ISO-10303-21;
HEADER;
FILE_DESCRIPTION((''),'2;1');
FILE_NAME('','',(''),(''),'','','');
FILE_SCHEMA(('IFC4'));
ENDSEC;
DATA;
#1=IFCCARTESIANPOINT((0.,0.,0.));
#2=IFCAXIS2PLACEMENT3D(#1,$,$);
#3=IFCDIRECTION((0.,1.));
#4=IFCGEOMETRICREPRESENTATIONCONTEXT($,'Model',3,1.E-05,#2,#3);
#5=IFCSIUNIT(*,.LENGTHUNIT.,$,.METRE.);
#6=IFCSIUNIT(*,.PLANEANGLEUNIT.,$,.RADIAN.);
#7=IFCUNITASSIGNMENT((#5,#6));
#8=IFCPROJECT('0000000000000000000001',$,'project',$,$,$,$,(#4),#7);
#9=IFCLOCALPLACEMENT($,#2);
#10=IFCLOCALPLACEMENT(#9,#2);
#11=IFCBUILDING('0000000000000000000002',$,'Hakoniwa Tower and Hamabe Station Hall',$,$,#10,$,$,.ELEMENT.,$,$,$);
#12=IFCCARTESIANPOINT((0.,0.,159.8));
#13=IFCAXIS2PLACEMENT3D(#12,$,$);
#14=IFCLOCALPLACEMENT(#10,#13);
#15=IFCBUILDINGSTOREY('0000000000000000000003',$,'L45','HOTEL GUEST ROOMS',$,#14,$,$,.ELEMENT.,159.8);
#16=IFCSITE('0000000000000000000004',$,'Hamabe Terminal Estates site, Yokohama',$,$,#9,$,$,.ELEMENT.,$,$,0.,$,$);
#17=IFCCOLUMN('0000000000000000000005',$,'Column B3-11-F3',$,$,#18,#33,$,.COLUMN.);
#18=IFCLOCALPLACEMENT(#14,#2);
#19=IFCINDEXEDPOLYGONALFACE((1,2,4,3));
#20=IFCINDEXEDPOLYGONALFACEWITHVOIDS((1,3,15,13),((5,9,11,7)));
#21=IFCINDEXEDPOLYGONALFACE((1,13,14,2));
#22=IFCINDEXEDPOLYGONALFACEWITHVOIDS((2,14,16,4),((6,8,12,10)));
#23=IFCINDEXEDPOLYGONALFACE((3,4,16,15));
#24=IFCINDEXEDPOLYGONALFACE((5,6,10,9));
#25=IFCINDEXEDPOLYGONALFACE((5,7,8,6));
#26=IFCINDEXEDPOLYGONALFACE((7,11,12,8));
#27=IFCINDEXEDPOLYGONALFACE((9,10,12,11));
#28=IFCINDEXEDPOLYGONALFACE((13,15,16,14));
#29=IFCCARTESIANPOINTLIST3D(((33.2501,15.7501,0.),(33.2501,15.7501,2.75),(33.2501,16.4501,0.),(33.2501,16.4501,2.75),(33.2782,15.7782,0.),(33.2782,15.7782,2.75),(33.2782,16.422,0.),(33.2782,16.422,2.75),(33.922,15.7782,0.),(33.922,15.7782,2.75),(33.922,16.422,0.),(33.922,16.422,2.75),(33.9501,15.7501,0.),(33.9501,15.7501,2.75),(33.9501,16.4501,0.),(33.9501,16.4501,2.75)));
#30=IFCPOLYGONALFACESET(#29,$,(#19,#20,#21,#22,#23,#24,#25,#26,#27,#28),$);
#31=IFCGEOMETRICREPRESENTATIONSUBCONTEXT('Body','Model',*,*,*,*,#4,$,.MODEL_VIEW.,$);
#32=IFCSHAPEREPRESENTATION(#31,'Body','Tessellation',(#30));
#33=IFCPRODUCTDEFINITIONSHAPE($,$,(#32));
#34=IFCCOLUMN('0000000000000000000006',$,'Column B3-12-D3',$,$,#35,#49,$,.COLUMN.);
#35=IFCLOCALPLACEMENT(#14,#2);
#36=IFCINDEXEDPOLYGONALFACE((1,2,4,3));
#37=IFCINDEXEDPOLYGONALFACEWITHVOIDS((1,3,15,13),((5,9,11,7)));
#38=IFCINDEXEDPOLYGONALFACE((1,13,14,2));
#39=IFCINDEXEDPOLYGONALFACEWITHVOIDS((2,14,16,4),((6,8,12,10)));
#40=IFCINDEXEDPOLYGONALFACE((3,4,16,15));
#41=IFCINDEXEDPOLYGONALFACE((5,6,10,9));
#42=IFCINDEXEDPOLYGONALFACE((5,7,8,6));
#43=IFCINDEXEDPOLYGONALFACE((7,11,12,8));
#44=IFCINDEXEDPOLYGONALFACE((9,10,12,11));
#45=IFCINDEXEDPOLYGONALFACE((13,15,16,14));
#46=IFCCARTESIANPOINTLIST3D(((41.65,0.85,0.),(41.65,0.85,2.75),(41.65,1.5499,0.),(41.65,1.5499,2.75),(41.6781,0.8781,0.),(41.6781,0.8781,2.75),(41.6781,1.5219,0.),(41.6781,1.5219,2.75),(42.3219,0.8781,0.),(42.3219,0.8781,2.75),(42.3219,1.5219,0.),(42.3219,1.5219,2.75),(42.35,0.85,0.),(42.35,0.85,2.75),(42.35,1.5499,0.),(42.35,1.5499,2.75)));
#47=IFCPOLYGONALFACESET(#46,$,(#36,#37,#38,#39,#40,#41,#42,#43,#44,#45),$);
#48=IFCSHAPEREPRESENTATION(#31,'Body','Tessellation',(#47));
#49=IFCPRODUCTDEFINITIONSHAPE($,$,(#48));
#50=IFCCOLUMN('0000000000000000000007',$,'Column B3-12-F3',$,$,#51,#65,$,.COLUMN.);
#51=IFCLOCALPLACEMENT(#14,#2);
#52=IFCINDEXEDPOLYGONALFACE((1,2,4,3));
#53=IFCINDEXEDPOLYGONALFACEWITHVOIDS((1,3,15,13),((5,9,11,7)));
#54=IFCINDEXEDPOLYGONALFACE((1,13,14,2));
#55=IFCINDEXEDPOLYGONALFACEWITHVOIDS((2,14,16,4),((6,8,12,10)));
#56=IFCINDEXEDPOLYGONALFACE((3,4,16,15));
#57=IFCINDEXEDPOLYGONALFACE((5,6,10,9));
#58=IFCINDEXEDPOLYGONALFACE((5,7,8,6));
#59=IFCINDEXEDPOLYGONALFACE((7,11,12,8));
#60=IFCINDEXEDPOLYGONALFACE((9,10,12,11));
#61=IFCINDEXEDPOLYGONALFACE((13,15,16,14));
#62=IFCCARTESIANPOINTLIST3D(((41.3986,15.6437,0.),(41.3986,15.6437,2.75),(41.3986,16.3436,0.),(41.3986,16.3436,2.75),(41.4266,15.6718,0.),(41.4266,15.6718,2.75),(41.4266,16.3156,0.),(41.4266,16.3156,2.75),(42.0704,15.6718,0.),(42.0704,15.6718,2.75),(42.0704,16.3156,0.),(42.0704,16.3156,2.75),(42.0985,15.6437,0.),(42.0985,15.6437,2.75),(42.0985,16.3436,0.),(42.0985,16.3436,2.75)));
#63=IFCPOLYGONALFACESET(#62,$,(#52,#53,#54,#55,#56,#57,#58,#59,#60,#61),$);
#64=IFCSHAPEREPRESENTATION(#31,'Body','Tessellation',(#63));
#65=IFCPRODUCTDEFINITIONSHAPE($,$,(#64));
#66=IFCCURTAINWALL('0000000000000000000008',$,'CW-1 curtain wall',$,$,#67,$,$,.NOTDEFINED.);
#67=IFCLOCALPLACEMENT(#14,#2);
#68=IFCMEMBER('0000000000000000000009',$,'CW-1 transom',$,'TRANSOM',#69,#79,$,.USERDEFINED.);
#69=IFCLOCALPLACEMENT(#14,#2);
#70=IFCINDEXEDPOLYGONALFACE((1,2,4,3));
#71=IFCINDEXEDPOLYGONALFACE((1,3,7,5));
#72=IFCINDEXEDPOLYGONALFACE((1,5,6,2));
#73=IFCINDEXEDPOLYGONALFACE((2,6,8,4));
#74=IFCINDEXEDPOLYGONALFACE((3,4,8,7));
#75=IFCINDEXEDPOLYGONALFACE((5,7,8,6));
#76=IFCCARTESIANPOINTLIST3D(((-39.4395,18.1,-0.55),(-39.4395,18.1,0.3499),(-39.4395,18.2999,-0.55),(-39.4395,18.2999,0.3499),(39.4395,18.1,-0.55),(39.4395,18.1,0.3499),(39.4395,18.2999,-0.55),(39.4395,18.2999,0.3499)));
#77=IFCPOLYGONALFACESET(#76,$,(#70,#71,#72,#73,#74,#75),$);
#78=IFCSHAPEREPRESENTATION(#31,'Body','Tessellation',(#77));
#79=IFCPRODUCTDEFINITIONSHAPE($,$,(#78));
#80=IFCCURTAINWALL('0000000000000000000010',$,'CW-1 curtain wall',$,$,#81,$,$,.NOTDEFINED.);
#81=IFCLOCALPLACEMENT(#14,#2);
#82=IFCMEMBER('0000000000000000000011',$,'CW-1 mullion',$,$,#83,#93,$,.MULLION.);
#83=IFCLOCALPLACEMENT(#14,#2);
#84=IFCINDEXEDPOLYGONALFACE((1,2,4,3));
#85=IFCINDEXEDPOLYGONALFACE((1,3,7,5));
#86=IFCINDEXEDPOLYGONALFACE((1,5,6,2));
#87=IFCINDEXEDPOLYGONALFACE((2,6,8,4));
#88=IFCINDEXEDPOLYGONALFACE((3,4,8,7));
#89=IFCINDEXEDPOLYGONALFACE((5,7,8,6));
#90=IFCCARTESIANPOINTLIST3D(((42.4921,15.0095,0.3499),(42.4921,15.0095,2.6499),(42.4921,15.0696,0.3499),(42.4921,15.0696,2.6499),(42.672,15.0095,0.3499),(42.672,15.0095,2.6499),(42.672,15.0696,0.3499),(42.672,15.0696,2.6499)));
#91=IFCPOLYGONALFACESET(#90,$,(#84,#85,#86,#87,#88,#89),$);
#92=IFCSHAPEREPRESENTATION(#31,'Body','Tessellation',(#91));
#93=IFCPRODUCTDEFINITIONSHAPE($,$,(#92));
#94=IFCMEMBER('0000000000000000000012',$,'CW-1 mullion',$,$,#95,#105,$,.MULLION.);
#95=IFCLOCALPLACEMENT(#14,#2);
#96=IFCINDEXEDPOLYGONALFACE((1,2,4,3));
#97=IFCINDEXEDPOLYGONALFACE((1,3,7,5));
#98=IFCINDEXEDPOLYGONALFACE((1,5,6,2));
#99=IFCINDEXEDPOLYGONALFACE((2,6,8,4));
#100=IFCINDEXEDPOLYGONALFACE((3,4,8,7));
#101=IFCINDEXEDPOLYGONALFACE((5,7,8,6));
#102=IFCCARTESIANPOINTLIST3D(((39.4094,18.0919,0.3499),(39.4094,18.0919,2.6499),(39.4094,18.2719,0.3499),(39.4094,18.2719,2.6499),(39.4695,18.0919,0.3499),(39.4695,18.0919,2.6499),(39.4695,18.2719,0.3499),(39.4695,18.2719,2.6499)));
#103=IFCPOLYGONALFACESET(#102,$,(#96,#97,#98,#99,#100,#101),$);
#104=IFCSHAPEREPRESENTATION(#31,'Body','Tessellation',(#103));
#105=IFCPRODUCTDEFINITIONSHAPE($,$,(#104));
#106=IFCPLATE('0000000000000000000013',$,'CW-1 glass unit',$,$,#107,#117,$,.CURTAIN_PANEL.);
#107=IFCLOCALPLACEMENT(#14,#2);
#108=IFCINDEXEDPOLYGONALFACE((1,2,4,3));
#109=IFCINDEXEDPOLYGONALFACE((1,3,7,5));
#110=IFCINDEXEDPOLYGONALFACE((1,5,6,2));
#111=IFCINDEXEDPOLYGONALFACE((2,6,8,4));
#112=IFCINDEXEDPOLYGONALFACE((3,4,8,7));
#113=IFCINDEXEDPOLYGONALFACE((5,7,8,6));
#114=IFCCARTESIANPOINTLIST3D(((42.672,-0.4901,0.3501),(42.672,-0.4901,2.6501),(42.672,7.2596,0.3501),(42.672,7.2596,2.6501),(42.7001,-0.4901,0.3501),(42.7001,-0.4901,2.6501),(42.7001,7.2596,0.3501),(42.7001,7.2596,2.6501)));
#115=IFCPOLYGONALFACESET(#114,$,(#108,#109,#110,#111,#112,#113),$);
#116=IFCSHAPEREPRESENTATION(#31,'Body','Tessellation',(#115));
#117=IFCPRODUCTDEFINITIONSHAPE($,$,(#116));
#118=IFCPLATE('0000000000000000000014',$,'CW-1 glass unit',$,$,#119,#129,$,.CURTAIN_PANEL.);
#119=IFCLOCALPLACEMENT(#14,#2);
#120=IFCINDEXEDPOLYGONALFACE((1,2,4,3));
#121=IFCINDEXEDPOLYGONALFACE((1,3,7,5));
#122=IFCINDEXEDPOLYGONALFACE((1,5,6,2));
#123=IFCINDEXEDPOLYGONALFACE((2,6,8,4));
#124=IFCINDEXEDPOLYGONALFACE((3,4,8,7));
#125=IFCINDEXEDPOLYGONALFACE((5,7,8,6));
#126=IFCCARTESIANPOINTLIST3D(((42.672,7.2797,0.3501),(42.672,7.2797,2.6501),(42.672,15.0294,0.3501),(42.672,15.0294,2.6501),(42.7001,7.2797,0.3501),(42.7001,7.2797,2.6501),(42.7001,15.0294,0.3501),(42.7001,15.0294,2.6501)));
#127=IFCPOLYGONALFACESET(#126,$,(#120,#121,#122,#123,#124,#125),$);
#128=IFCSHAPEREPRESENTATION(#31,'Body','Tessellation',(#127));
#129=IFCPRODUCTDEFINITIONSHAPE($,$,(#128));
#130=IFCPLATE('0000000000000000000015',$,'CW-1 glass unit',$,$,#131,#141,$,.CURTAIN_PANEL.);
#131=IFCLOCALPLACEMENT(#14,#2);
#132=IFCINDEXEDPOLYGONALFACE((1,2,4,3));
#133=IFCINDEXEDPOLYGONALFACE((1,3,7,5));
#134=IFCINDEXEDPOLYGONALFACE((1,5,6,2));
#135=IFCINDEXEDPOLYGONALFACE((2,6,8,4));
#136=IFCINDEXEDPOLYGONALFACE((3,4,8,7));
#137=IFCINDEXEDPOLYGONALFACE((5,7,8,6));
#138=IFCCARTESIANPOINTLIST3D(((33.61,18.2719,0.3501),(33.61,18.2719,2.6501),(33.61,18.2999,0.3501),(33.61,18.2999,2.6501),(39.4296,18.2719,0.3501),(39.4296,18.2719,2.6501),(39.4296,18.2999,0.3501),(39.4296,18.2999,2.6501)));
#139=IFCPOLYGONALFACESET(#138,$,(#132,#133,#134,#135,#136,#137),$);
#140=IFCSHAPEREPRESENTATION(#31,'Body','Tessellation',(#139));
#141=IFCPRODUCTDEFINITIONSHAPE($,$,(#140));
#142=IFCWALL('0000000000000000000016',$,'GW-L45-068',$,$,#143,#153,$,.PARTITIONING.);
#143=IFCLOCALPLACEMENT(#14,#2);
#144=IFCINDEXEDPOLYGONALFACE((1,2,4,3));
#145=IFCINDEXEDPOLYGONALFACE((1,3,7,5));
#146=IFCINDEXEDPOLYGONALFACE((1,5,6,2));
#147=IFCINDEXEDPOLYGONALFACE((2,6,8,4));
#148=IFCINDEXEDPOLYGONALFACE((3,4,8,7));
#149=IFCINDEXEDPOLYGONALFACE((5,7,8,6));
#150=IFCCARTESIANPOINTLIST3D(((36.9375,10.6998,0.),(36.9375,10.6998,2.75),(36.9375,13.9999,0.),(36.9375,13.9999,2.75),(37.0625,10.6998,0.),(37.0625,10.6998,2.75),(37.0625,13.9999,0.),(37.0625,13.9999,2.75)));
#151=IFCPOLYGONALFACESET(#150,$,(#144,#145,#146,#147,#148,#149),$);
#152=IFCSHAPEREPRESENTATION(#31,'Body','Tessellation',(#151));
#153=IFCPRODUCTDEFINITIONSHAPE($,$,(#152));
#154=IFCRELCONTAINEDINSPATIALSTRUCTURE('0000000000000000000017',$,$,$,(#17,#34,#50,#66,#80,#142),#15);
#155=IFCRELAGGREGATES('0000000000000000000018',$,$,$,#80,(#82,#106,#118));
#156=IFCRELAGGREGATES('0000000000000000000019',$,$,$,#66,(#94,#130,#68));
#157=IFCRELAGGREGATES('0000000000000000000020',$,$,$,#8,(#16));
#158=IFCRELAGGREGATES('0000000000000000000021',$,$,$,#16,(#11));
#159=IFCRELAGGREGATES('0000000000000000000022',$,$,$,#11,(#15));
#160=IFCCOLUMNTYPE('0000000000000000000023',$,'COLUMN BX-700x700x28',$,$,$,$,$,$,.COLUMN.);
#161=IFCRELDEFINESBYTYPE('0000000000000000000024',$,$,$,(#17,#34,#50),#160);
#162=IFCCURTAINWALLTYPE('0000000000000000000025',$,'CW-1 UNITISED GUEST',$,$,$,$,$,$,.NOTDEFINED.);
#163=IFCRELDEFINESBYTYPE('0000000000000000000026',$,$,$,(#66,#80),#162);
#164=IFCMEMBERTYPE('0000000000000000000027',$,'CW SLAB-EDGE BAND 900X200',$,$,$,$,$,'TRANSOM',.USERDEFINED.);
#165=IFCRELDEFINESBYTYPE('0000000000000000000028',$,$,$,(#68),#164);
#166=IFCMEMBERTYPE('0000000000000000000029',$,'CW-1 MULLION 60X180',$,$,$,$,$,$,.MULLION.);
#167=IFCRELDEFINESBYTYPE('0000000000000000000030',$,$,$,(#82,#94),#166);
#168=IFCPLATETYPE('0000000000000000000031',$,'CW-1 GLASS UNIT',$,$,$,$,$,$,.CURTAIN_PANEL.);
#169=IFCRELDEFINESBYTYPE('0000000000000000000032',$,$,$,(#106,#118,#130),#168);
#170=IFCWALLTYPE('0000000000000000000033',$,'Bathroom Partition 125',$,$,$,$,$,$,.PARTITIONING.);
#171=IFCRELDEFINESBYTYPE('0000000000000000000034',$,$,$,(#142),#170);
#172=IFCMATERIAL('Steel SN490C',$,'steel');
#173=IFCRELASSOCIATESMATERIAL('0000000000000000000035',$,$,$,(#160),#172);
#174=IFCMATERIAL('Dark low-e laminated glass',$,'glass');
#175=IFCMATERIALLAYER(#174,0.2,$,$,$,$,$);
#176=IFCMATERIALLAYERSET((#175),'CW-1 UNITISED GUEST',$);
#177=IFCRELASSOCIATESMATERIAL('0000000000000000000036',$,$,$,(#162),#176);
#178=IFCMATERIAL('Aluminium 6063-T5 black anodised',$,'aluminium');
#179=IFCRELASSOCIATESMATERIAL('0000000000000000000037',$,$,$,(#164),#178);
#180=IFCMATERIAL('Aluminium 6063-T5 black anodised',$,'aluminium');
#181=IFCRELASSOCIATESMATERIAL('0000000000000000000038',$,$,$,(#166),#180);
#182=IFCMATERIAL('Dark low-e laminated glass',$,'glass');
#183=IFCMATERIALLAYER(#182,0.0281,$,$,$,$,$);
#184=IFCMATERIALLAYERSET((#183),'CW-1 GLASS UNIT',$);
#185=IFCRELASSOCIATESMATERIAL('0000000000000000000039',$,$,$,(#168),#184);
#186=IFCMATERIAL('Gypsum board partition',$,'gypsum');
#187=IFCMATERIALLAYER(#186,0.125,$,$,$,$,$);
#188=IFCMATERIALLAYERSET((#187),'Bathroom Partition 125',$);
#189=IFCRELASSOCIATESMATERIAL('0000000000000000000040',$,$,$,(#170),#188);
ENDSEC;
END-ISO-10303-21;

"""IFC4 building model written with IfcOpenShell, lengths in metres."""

from ifc_helpers import new_model, si_unit, direction, frame, frame_2d, origin, origin_2d, place, context, subcontext, project, spatial, rectangle, hollow_rectangle, extrude, material, layer, layer_set, material_profile, profile_set, type_object, element, aggregate, save


model = new_model("IFC4")

# Units and contexts
model_context = context("Model", 3, precision=1e-05, world=origin(), true_north=direction((0.0, 1.0)))
body_context = subcontext(model_context, "Body", "Model", "MODEL_VIEW")
ifc_project = project(units=[si_unit("LENGTHUNIT", "METRE"), si_unit("PLANEANGLEUNIT", "RADIAN")], contexts=[model_context])

# Site, building, storey
site_placement = place(None, origin())
site = spatial("IfcSite", under=ifc_project, at=site_placement, Name="Hamabe Terminal Estates site, Yokohama", CompositionType="ELEMENT", RefElevation=0.0)
building_placement = place(site_placement, origin())
building = spatial("IfcBuilding", under=site, at=building_placement, Name="Hakoniwa Tower and Hamabe Station Hall", CompositionType="ELEMENT")
storey_placement = place(building_placement, frame((0.0, 0.0, 159.8)))
storey = spatial("IfcBuildingStorey", under=building, at=storey_placement, Name="L45", Description="HOTEL GUEST ROOMS", CompositionType="ELEMENT", Elevation=159.8)

# Columns
ifc_material_1 = material(Name="Steel SN490C", Category="steel")
ifc_material_profile_1 = material_profile(ifc_material_1, hollow_rectangle(XDim=0.7, YDim=0.7, WallThickness=0.0281, at=origin_2d()), Name="BX-700x700x28")
ifc_profile_set_1 = profile_set([ifc_material_profile_1], Name="Steel SN490C")
column_type = type_object("IfcColumnType", Name="COLUMN BX-700x700x28", PredefinedType="COLUMN", material=ifc_profile_set_1)
for number, where, z_axis, x_axis, name in (
    (1, (33.6001, 16.1001, 0.0), (0.0, 0.0, 1.0), (1.0, 0.0, 0.0), "Column B3-11-F3"),
    (2, (42.0, 1.2, 0.0), (0.0, 0.0, 1.0), (1.0, 0.0, 0.0), "Column B3-12-D3"),
    (3, (41.7485, 15.9937, 0.0), (0.0, 0.0, 1.0), (1.0, 0.0, 0.0), "Column B3-12-F3"),
):
    element("IfcColumn", number, at=place(storey_placement, frame(where, z_axis=z_axis, x_axis=x_axis)), inside=storey, type_object=column_type, Name=name, PredefinedType="COLUMN", context=body_context, shape_type="SweptSolid", body=[
        extrude(hollow_rectangle(XDim=0.7, YDim=0.7, WallThickness=0.0281, at=origin_2d()), origin(), (0.0, 0.0, 1.0), 2.75),
    ])

# Curtain walls, members
ifc_material_2 = material(Name="Dark low-e laminated glass", Category="glass")
ifc_layer_1 = layer(ifc_material_2, 0.2)
ifc_layer_set_1 = layer_set([ifc_layer_1], Name="CW-1 UNITISED GUEST")
curtain_wall_type = type_object("IfcCurtainWallType", Name="CW-1 UNITISED GUEST", PredefinedType="NOTDEFINED", material=ifc_layer_set_1)
curtain_wall_1_placement = place(storey_placement, origin())
curtain_wall_1 = element("IfcCurtainWall", 4, at=curtain_wall_1_placement, inside=storey, type_object=curtain_wall_type, Name="CW-1 curtain wall", PredefinedType="NOTDEFINED")
ifc_material_3 = material(Name="Aluminium 6063-T5 black anodised", Category="aluminium")
ifc_material_profile_2 = material_profile(ifc_material_3, rectangle(XDim=0.2, YDim=0.8999, at=origin_2d()), Name="CW SLAB-EDGE BAND 900X200")
ifc_profile_set_2 = profile_set([ifc_material_profile_2], Name="Aluminium 6063-T5 black anodised")
member_type_1 = type_object("IfcMemberType", Name="CW SLAB-EDGE BAND 900X200", ElementType="TRANSOM", PredefinedType="USERDEFINED", material=ifc_profile_set_2)
member_1_placement = place(storey_placement, frame((39.4395, 18.2, -0.1001), z_axis=(-1.0, 0.0, 0.0), x_axis=(0.0, -1.0, 0.0)))
member_1 = element("IfcMember", 5, at=member_1_placement, type_object=member_type_1, Name="CW-1 transom", ObjectType="TRANSOM", PredefinedType="USERDEFINED", context=body_context, shape_type="SweptSolid", body=[
    extrude(rectangle(XDim=0.2, YDim=0.8999, at=origin_2d()), origin(), (0.0, 0.0, 1.0), 78.8789),
])
curtain_wall_2_placement = place(storey_placement, origin())
curtain_wall_2 = element("IfcCurtainWall", 6, at=curtain_wall_2_placement, inside=storey, type_object=curtain_wall_type, Name="CW-1 curtain wall", PredefinedType="NOTDEFINED")
ifc_material_4 = material(Name="Aluminium 6063-T5 black anodised", Category="aluminium")
ifc_material_profile_3 = material_profile(ifc_material_4, rectangle(XDim=0.0601, YDim=0.1799, at=origin_2d()), Name="CW-1 MULLION 60X180")
ifc_profile_set_3 = profile_set([ifc_material_profile_3], Name="Aluminium 6063-T5 black anodised")
member_type_2 = type_object("IfcMemberType", Name="CW-1 MULLION 60X180", PredefinedType="MULLION", material=ifc_profile_set_3)
member_2_placement = place(storey_placement, frame((42.582, 15.0396, 0.3499), z_axis=(0.0, 0.0, 1.0), x_axis=(0.0, 1.0, 0.0)))
member_2 = element("IfcMember", 7, at=member_2_placement, type_object=member_type_2, Name="CW-1 mullion", PredefinedType="MULLION", context=body_context, shape_type="SweptSolid", body=[
    extrude(rectangle(XDim=0.0601, YDim=0.1799, at=origin_2d()), origin(), (0.0, 0.0, 1.0), 2.3),
])

# Member
member_3_placement = place(storey_placement, frame((39.4395, 18.1819, 0.3499), z_axis=(0.0, 0.0, 1.0), x_axis=(-1.0, 0.0, 0.0)))
member_3 = element("IfcMember", 8, at=member_3_placement, type_object=member_type_2, Name="CW-1 mullion", PredefinedType="MULLION", context=body_context, shape_type="SweptSolid", body=[
    extrude(rectangle(XDim=0.0601, YDim=0.1799, at=origin_2d()), origin(), (0.0, 0.0, 1.0), 2.3),
])

# Plates
ifc_material_5 = material(Name="Dark low-e laminated glass", Category="glass")
ifc_layer_2 = layer(ifc_material_5, 0.0281)
ifc_layer_set_2 = layer_set([ifc_layer_2], Name="CW-1 GLASS UNIT")
plate_type = type_object("IfcPlateType", Name="CW-1 GLASS UNIT", PredefinedType="CURTAIN_PANEL", material=ifc_layer_set_2)
plate_1_placement = place(storey_placement, frame((42.686, 3.3848, 0.3501), z_axis=(0.0, 0.0, 1.0), x_axis=(0.0, 1.0, 0.0)))
plate_1 = element("IfcPlate", 9, at=plate_1_placement, type_object=plate_type, Name="CW-1 glass unit", PredefinedType="CURTAIN_PANEL", context=body_context, shape_type="SweptSolid", body=[
    extrude(rectangle(XDim=7.7498, YDim=0.0281, at=origin_2d()), origin(), (0.0, 0.0, 1.0), 2.3),
])
plate_2_placement = place(storey_placement, frame((42.686, 11.1545, 0.3501), z_axis=(0.0, 0.0, 1.0), x_axis=(0.0, 1.0, 0.0)))
plate_2 = element("IfcPlate", 10, at=plate_2_placement, type_object=plate_type, Name="CW-1 glass unit", PredefinedType="CURTAIN_PANEL", context=body_context, shape_type="SweptSolid", body=[
    extrude(rectangle(XDim=7.7498, YDim=0.0281, at=origin_2d()), origin(), (0.0, 0.0, 1.0), 2.3),
])
aggregate(curtain_wall_2, [member_2, plate_1, plate_2])
plate_3_placement = place(storey_placement, frame((36.5198, 18.2859, 0.3501), z_axis=(0.0, 0.0, 1.0), x_axis=(-1.0, 0.0, 0.0)))
plate_3 = element("IfcPlate", 11, at=plate_3_placement, type_object=plate_type, Name="CW-1 glass unit", PredefinedType="CURTAIN_PANEL", context=body_context, shape_type="SweptSolid", body=[
    extrude(rectangle(XDim=5.8196, YDim=0.0281, at=origin_2d()), origin(), (0.0, 0.0, 1.0), 2.3),
])
aggregate(curtain_wall_1, [member_3, plate_3, member_1])

# Wall
ifc_material_6 = material(Name="Gypsum board partition", Category="gypsum")
ifc_layer_3 = layer(ifc_material_6, 0.125)
ifc_layer_set_3 = layer_set([ifc_layer_3], Name="Bathroom Partition 125")
wall_type_1 = type_object("IfcWallType", Name="Bathroom Partition 125", PredefinedType="PARTITIONING", material=ifc_layer_set_3)
wall_1_placement = place(storey_placement, frame((37.0, 10.7, 0.0), z_axis=(0.0, 0.0, 1.0), x_axis=(0.0, 1.0, 0.0)))
element("IfcWall", 12, at=wall_1_placement, inside=storey, type_object=wall_type_1, Name="GW-L45-068", PredefinedType="PARTITIONING", context=body_context, shape_type="SweptSolid", body=[
    extrude(rectangle(XDim=3.3, YDim=0.125, at=frame_2d((1.6499, 0.0))), origin(), (0.0, 0.0, 1.0), 2.75),
])

save(model, "model.ifc")
